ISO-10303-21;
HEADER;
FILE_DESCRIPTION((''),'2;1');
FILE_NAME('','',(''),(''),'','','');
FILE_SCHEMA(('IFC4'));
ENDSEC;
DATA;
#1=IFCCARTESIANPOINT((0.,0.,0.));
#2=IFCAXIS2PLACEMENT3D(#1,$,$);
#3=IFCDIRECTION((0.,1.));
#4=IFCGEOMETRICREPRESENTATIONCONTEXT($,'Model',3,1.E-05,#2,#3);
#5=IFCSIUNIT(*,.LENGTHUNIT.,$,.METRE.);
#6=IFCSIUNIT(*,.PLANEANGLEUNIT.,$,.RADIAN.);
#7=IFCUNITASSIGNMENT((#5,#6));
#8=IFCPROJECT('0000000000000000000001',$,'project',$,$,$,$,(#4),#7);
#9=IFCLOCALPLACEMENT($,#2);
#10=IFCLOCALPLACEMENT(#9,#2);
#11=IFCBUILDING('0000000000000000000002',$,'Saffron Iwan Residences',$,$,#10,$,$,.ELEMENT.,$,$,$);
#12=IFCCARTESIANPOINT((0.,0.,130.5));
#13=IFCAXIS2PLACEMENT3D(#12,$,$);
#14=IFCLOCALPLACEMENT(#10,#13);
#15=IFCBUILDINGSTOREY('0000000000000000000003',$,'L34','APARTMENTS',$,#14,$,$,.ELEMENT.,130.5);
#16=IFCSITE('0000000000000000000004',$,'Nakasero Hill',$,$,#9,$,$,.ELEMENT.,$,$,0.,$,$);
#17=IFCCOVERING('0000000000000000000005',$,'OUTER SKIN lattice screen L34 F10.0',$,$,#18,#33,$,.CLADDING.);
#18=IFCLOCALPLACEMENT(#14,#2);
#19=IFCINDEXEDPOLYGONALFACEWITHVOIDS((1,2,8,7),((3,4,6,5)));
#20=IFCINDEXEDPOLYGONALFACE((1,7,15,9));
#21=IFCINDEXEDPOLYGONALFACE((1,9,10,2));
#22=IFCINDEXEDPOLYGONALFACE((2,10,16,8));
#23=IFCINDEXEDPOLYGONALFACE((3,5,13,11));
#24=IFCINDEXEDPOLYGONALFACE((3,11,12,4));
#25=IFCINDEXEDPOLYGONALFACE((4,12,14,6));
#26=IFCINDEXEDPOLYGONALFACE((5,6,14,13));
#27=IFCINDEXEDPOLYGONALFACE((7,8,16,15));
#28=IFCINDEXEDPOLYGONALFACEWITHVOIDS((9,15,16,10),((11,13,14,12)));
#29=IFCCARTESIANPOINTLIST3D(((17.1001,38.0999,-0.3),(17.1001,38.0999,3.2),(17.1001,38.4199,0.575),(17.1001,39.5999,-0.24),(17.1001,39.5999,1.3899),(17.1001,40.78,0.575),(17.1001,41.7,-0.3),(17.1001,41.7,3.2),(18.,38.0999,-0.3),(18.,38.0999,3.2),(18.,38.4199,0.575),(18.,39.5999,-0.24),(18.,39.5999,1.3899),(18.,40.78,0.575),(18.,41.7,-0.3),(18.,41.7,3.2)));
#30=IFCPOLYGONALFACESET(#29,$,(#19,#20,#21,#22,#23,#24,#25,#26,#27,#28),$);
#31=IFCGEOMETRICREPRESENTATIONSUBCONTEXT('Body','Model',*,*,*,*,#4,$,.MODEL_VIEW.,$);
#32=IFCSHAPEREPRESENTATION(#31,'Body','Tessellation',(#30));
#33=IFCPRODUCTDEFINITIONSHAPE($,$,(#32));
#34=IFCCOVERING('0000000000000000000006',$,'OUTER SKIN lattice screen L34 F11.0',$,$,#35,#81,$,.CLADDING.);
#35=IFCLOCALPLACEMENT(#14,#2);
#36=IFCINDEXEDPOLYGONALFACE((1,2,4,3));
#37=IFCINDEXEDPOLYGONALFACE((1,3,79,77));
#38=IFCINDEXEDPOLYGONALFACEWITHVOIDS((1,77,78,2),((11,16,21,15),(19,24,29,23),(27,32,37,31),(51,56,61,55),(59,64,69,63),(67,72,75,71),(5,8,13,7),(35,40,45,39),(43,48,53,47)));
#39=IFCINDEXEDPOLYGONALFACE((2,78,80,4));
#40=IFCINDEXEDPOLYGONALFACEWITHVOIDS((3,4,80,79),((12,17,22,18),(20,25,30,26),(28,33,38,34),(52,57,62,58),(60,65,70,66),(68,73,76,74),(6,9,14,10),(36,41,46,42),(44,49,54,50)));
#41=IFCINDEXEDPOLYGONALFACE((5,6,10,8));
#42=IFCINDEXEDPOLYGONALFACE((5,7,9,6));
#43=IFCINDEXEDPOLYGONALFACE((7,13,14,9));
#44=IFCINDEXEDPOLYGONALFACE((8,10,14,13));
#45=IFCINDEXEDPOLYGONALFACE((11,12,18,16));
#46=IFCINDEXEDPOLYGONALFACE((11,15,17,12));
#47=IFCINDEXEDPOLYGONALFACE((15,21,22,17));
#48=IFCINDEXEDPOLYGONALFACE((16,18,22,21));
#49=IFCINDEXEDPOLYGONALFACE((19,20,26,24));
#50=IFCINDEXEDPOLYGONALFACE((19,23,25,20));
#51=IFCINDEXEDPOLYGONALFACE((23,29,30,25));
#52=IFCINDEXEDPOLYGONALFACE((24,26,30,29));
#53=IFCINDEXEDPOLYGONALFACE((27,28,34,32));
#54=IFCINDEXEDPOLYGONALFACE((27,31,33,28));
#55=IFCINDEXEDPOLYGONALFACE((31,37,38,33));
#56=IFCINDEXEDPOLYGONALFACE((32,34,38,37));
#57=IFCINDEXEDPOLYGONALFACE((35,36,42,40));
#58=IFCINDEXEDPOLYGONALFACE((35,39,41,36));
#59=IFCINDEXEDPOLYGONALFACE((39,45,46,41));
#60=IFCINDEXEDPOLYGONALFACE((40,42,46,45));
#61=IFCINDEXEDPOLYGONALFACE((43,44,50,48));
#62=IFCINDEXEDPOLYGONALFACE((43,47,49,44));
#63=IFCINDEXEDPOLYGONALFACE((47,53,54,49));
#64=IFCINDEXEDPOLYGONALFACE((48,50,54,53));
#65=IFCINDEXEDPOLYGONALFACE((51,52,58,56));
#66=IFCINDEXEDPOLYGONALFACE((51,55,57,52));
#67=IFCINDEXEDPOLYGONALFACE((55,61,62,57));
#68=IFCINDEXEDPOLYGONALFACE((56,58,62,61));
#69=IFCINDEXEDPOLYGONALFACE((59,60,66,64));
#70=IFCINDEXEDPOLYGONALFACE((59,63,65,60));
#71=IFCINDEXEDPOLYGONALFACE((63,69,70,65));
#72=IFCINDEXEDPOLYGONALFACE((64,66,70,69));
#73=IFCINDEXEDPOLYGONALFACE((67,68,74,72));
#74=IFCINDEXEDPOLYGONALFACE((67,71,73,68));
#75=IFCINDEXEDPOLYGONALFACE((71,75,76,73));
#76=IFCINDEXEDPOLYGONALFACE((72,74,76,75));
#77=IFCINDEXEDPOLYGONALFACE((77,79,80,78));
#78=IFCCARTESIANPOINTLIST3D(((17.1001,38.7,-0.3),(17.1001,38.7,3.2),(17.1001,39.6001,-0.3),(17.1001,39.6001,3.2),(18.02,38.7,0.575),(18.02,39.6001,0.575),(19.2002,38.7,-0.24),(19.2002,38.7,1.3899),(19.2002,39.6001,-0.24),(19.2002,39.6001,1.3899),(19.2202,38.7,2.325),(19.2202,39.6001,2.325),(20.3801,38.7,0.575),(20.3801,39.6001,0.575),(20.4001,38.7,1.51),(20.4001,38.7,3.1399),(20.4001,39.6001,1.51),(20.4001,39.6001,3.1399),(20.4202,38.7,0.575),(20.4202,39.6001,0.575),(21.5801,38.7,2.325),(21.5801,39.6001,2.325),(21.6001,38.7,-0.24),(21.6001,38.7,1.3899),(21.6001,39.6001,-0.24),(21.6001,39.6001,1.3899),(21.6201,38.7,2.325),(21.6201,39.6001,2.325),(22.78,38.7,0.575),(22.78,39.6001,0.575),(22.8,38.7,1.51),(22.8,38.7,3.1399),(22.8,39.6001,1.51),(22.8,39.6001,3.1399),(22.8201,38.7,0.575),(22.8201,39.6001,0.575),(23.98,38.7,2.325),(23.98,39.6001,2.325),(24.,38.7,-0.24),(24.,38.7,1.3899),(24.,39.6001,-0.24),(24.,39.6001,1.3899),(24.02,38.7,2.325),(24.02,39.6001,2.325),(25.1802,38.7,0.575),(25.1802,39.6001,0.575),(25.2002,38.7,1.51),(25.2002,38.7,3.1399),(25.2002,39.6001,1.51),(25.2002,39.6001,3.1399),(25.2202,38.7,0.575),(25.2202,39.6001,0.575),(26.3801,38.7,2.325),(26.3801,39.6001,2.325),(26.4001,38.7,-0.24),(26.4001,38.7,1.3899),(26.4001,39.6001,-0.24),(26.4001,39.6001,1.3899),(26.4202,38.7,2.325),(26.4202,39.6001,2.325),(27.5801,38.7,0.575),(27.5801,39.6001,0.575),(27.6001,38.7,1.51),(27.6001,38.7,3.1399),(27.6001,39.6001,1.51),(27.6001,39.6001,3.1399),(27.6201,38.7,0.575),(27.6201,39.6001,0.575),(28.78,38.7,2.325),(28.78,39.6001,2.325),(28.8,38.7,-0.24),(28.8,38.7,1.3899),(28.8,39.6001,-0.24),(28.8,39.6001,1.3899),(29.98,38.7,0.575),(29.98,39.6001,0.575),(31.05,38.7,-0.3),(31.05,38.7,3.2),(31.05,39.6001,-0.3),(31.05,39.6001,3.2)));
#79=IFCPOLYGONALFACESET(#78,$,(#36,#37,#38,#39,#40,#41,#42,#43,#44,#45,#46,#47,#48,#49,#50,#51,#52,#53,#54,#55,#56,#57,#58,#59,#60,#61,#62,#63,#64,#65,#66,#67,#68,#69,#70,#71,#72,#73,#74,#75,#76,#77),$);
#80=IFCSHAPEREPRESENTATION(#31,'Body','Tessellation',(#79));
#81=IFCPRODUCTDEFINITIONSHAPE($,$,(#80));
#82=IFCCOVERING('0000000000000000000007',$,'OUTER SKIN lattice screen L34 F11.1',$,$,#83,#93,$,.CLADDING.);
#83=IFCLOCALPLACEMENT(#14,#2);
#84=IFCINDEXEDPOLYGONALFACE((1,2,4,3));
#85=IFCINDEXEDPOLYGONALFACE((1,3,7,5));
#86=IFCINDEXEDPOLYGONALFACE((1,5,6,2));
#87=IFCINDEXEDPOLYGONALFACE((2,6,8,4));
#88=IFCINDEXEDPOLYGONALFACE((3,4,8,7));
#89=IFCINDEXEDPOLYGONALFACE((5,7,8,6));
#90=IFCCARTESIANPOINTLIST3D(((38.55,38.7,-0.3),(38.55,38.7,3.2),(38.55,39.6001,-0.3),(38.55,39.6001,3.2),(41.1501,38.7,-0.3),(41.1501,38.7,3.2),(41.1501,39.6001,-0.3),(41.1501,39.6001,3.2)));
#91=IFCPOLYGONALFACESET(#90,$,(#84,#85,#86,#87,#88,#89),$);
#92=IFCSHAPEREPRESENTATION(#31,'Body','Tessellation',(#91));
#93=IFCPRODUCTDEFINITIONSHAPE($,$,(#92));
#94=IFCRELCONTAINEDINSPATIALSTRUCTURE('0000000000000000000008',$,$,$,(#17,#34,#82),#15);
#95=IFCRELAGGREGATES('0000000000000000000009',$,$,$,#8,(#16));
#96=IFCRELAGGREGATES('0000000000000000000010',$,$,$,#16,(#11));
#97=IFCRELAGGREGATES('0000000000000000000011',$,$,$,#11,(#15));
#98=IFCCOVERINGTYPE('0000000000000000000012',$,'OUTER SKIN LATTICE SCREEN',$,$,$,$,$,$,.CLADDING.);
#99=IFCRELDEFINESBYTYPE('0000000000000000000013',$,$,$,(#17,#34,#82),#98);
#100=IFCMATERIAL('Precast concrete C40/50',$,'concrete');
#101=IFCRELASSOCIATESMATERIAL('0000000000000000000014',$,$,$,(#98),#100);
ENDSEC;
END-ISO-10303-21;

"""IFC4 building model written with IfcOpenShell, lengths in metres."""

from ifc_helpers import new_model, si_unit, direction, frame, origin, place, context, subcontext, project, spatial, polyline, outline, extrude, material, type_object, element, save


model = new_model("IFC4")

# Units and contexts
model_context = context("Model", 3, precision=1e-05, world=origin(), true_north=direction((0.0, 1.0)))
body_context = subcontext(model_context, "Body", "Model", "MODEL_VIEW")
ifc_project = project(units=[si_unit("LENGTHUNIT", "METRE"), si_unit("PLANEANGLEUNIT", "RADIAN")], contexts=[model_context])

# Site, building, storey
site_placement = place(None, origin())
site = spatial("IfcSite", under=ifc_project, at=site_placement, Name="Nakasero Hill", CompositionType="ELEMENT", RefElevation=0.0)
building_placement = place(site_placement, origin())
building = spatial("IfcBuilding", under=site, at=building_placement, Name="Saffron Iwan Residences", CompositionType="ELEMENT")
storey_placement = place(building_placement, frame((0.0, 0.0, 130.5)))
storey = spatial("IfcBuildingStorey", under=building, at=storey_placement, Name="L34", Description="APARTMENTS", CompositionType="ELEMENT", Elevation=130.5)

# Coverings
ifc_material_1 = material(Name="Precast concrete C40/50", Category="concrete")
covering_type = type_object("IfcCoveringType", Name="OUTER SKIN LATTICE SCREEN", PredefinedType="CLADDING", material=ifc_material_1)
for number, where, z_axis, x_axis, name in (
    (1, (18.0, 41.7, -0.3), (-1.0, 0.0, 0.0), (0.0, -1.0, 0.0), "OUTER SKIN lattice screen L34 F10.0"),
):
    element("IfcCovering", number, at=place(storey_placement, frame(where, z_axis=z_axis, x_axis=x_axis)), inside=storey, type_object=covering_type, Name=name, PredefinedType="CLADDING", context=body_context, shape_type="SweptSolid", body=[
        extrude(outline(polyline([(0.0, 0.0), (3.6001, 0.0), (3.6001, 3.5), (0.0, 3.5), (0.0, 0.0)]), holes=[polyline([(0.9199, 0.875), (2.1001, 0.0601), (3.28, 0.875), (2.1001, 1.6899), (0.9199, 0.875)])]), origin(), (0.0, 0.0, 1.0), 0.8999),
    ])
covering_1_placement = place(storey_placement, frame((17.1001, 39.6001, -0.3), z_axis=(0.0, -1.0, 0.0), x_axis=(1.0, 0.0, 0.0)))
element("IfcCovering", 2, at=covering_1_placement, inside=storey, type_object=covering_type, Name="OUTER SKIN lattice screen L34 F11.0", PredefinedType="CLADDING", context=body_context, shape_type="SweptSolid", body=[
    extrude(outline(polyline([(0.0, 0.0), (13.95, 0.0), (13.95, 3.5), (0.0, 3.5), (0.0, 0.0)]), holes=[polyline([(0.9199, 0.875), (2.1001, 0.0601), (3.28, 0.875), (2.1001, 1.6899), (0.9199, 0.875)]), polyline([(3.3201, 0.875), (4.5, 0.0601), (5.6799, 0.875), (4.5, 1.6899), (3.3201, 0.875)]), polyline([(5.72, 0.875), (6.8999, 0.0601), (8.0801, 0.875), (6.8999, 1.6899), (5.72, 0.875)]), polyline([(8.1201, 0.875), (9.3, 0.0601), (10.48, 0.875), (9.3, 1.6899), (8.1201, 0.875)]), polyline([(10.52, 0.875), (11.7, 0.0601), (12.8799, 0.875), (11.7, 1.6899), (10.52, 0.875)]), polyline([(2.1201, 2.625), (3.3, 1.8101), (4.48, 2.625), (3.3, 3.4399), (2.1201, 2.625)]), polyline([(4.52, 2.625), (5.7, 1.8101), (6.8799, 2.625), (5.7, 3.4399), (4.52, 2.625)]), polyline([(6.9199, 2.625), (8.1001, 1.8101), (9.28, 2.625), (8.1001, 3.4399), (6.9199, 2.625)]), polyline([(9.3201, 2.625), (10.5, 1.8101), (11.6799, 2.625), (10.5, 3.4399), (9.3201, 2.625)])]), origin(), (0.0, 0.0, 1.0), 0.9001),
])
covering_2_placement = place(storey_placement, frame((38.55, 39.6001, -0.3), z_axis=(0.0, -1.0, 0.0), x_axis=(1.0, 0.0, 0.0)))
element("IfcCovering", 3, at=covering_2_placement, inside=storey, type_object=covering_type, Name="OUTER SKIN lattice screen L34 F11.1", PredefinedType="CLADDING", context=body_context, shape_type="SweptSolid", body=[
    extrude(outline(polyline([(0.0, 0.0), (2.6001, 0.0), (2.6001, 3.5), (0.0, 3.5), (0.0, 0.0)])), origin(), (0.0, 0.0, 1.0), 0.9001),
])

save(model, "model.ifc")
